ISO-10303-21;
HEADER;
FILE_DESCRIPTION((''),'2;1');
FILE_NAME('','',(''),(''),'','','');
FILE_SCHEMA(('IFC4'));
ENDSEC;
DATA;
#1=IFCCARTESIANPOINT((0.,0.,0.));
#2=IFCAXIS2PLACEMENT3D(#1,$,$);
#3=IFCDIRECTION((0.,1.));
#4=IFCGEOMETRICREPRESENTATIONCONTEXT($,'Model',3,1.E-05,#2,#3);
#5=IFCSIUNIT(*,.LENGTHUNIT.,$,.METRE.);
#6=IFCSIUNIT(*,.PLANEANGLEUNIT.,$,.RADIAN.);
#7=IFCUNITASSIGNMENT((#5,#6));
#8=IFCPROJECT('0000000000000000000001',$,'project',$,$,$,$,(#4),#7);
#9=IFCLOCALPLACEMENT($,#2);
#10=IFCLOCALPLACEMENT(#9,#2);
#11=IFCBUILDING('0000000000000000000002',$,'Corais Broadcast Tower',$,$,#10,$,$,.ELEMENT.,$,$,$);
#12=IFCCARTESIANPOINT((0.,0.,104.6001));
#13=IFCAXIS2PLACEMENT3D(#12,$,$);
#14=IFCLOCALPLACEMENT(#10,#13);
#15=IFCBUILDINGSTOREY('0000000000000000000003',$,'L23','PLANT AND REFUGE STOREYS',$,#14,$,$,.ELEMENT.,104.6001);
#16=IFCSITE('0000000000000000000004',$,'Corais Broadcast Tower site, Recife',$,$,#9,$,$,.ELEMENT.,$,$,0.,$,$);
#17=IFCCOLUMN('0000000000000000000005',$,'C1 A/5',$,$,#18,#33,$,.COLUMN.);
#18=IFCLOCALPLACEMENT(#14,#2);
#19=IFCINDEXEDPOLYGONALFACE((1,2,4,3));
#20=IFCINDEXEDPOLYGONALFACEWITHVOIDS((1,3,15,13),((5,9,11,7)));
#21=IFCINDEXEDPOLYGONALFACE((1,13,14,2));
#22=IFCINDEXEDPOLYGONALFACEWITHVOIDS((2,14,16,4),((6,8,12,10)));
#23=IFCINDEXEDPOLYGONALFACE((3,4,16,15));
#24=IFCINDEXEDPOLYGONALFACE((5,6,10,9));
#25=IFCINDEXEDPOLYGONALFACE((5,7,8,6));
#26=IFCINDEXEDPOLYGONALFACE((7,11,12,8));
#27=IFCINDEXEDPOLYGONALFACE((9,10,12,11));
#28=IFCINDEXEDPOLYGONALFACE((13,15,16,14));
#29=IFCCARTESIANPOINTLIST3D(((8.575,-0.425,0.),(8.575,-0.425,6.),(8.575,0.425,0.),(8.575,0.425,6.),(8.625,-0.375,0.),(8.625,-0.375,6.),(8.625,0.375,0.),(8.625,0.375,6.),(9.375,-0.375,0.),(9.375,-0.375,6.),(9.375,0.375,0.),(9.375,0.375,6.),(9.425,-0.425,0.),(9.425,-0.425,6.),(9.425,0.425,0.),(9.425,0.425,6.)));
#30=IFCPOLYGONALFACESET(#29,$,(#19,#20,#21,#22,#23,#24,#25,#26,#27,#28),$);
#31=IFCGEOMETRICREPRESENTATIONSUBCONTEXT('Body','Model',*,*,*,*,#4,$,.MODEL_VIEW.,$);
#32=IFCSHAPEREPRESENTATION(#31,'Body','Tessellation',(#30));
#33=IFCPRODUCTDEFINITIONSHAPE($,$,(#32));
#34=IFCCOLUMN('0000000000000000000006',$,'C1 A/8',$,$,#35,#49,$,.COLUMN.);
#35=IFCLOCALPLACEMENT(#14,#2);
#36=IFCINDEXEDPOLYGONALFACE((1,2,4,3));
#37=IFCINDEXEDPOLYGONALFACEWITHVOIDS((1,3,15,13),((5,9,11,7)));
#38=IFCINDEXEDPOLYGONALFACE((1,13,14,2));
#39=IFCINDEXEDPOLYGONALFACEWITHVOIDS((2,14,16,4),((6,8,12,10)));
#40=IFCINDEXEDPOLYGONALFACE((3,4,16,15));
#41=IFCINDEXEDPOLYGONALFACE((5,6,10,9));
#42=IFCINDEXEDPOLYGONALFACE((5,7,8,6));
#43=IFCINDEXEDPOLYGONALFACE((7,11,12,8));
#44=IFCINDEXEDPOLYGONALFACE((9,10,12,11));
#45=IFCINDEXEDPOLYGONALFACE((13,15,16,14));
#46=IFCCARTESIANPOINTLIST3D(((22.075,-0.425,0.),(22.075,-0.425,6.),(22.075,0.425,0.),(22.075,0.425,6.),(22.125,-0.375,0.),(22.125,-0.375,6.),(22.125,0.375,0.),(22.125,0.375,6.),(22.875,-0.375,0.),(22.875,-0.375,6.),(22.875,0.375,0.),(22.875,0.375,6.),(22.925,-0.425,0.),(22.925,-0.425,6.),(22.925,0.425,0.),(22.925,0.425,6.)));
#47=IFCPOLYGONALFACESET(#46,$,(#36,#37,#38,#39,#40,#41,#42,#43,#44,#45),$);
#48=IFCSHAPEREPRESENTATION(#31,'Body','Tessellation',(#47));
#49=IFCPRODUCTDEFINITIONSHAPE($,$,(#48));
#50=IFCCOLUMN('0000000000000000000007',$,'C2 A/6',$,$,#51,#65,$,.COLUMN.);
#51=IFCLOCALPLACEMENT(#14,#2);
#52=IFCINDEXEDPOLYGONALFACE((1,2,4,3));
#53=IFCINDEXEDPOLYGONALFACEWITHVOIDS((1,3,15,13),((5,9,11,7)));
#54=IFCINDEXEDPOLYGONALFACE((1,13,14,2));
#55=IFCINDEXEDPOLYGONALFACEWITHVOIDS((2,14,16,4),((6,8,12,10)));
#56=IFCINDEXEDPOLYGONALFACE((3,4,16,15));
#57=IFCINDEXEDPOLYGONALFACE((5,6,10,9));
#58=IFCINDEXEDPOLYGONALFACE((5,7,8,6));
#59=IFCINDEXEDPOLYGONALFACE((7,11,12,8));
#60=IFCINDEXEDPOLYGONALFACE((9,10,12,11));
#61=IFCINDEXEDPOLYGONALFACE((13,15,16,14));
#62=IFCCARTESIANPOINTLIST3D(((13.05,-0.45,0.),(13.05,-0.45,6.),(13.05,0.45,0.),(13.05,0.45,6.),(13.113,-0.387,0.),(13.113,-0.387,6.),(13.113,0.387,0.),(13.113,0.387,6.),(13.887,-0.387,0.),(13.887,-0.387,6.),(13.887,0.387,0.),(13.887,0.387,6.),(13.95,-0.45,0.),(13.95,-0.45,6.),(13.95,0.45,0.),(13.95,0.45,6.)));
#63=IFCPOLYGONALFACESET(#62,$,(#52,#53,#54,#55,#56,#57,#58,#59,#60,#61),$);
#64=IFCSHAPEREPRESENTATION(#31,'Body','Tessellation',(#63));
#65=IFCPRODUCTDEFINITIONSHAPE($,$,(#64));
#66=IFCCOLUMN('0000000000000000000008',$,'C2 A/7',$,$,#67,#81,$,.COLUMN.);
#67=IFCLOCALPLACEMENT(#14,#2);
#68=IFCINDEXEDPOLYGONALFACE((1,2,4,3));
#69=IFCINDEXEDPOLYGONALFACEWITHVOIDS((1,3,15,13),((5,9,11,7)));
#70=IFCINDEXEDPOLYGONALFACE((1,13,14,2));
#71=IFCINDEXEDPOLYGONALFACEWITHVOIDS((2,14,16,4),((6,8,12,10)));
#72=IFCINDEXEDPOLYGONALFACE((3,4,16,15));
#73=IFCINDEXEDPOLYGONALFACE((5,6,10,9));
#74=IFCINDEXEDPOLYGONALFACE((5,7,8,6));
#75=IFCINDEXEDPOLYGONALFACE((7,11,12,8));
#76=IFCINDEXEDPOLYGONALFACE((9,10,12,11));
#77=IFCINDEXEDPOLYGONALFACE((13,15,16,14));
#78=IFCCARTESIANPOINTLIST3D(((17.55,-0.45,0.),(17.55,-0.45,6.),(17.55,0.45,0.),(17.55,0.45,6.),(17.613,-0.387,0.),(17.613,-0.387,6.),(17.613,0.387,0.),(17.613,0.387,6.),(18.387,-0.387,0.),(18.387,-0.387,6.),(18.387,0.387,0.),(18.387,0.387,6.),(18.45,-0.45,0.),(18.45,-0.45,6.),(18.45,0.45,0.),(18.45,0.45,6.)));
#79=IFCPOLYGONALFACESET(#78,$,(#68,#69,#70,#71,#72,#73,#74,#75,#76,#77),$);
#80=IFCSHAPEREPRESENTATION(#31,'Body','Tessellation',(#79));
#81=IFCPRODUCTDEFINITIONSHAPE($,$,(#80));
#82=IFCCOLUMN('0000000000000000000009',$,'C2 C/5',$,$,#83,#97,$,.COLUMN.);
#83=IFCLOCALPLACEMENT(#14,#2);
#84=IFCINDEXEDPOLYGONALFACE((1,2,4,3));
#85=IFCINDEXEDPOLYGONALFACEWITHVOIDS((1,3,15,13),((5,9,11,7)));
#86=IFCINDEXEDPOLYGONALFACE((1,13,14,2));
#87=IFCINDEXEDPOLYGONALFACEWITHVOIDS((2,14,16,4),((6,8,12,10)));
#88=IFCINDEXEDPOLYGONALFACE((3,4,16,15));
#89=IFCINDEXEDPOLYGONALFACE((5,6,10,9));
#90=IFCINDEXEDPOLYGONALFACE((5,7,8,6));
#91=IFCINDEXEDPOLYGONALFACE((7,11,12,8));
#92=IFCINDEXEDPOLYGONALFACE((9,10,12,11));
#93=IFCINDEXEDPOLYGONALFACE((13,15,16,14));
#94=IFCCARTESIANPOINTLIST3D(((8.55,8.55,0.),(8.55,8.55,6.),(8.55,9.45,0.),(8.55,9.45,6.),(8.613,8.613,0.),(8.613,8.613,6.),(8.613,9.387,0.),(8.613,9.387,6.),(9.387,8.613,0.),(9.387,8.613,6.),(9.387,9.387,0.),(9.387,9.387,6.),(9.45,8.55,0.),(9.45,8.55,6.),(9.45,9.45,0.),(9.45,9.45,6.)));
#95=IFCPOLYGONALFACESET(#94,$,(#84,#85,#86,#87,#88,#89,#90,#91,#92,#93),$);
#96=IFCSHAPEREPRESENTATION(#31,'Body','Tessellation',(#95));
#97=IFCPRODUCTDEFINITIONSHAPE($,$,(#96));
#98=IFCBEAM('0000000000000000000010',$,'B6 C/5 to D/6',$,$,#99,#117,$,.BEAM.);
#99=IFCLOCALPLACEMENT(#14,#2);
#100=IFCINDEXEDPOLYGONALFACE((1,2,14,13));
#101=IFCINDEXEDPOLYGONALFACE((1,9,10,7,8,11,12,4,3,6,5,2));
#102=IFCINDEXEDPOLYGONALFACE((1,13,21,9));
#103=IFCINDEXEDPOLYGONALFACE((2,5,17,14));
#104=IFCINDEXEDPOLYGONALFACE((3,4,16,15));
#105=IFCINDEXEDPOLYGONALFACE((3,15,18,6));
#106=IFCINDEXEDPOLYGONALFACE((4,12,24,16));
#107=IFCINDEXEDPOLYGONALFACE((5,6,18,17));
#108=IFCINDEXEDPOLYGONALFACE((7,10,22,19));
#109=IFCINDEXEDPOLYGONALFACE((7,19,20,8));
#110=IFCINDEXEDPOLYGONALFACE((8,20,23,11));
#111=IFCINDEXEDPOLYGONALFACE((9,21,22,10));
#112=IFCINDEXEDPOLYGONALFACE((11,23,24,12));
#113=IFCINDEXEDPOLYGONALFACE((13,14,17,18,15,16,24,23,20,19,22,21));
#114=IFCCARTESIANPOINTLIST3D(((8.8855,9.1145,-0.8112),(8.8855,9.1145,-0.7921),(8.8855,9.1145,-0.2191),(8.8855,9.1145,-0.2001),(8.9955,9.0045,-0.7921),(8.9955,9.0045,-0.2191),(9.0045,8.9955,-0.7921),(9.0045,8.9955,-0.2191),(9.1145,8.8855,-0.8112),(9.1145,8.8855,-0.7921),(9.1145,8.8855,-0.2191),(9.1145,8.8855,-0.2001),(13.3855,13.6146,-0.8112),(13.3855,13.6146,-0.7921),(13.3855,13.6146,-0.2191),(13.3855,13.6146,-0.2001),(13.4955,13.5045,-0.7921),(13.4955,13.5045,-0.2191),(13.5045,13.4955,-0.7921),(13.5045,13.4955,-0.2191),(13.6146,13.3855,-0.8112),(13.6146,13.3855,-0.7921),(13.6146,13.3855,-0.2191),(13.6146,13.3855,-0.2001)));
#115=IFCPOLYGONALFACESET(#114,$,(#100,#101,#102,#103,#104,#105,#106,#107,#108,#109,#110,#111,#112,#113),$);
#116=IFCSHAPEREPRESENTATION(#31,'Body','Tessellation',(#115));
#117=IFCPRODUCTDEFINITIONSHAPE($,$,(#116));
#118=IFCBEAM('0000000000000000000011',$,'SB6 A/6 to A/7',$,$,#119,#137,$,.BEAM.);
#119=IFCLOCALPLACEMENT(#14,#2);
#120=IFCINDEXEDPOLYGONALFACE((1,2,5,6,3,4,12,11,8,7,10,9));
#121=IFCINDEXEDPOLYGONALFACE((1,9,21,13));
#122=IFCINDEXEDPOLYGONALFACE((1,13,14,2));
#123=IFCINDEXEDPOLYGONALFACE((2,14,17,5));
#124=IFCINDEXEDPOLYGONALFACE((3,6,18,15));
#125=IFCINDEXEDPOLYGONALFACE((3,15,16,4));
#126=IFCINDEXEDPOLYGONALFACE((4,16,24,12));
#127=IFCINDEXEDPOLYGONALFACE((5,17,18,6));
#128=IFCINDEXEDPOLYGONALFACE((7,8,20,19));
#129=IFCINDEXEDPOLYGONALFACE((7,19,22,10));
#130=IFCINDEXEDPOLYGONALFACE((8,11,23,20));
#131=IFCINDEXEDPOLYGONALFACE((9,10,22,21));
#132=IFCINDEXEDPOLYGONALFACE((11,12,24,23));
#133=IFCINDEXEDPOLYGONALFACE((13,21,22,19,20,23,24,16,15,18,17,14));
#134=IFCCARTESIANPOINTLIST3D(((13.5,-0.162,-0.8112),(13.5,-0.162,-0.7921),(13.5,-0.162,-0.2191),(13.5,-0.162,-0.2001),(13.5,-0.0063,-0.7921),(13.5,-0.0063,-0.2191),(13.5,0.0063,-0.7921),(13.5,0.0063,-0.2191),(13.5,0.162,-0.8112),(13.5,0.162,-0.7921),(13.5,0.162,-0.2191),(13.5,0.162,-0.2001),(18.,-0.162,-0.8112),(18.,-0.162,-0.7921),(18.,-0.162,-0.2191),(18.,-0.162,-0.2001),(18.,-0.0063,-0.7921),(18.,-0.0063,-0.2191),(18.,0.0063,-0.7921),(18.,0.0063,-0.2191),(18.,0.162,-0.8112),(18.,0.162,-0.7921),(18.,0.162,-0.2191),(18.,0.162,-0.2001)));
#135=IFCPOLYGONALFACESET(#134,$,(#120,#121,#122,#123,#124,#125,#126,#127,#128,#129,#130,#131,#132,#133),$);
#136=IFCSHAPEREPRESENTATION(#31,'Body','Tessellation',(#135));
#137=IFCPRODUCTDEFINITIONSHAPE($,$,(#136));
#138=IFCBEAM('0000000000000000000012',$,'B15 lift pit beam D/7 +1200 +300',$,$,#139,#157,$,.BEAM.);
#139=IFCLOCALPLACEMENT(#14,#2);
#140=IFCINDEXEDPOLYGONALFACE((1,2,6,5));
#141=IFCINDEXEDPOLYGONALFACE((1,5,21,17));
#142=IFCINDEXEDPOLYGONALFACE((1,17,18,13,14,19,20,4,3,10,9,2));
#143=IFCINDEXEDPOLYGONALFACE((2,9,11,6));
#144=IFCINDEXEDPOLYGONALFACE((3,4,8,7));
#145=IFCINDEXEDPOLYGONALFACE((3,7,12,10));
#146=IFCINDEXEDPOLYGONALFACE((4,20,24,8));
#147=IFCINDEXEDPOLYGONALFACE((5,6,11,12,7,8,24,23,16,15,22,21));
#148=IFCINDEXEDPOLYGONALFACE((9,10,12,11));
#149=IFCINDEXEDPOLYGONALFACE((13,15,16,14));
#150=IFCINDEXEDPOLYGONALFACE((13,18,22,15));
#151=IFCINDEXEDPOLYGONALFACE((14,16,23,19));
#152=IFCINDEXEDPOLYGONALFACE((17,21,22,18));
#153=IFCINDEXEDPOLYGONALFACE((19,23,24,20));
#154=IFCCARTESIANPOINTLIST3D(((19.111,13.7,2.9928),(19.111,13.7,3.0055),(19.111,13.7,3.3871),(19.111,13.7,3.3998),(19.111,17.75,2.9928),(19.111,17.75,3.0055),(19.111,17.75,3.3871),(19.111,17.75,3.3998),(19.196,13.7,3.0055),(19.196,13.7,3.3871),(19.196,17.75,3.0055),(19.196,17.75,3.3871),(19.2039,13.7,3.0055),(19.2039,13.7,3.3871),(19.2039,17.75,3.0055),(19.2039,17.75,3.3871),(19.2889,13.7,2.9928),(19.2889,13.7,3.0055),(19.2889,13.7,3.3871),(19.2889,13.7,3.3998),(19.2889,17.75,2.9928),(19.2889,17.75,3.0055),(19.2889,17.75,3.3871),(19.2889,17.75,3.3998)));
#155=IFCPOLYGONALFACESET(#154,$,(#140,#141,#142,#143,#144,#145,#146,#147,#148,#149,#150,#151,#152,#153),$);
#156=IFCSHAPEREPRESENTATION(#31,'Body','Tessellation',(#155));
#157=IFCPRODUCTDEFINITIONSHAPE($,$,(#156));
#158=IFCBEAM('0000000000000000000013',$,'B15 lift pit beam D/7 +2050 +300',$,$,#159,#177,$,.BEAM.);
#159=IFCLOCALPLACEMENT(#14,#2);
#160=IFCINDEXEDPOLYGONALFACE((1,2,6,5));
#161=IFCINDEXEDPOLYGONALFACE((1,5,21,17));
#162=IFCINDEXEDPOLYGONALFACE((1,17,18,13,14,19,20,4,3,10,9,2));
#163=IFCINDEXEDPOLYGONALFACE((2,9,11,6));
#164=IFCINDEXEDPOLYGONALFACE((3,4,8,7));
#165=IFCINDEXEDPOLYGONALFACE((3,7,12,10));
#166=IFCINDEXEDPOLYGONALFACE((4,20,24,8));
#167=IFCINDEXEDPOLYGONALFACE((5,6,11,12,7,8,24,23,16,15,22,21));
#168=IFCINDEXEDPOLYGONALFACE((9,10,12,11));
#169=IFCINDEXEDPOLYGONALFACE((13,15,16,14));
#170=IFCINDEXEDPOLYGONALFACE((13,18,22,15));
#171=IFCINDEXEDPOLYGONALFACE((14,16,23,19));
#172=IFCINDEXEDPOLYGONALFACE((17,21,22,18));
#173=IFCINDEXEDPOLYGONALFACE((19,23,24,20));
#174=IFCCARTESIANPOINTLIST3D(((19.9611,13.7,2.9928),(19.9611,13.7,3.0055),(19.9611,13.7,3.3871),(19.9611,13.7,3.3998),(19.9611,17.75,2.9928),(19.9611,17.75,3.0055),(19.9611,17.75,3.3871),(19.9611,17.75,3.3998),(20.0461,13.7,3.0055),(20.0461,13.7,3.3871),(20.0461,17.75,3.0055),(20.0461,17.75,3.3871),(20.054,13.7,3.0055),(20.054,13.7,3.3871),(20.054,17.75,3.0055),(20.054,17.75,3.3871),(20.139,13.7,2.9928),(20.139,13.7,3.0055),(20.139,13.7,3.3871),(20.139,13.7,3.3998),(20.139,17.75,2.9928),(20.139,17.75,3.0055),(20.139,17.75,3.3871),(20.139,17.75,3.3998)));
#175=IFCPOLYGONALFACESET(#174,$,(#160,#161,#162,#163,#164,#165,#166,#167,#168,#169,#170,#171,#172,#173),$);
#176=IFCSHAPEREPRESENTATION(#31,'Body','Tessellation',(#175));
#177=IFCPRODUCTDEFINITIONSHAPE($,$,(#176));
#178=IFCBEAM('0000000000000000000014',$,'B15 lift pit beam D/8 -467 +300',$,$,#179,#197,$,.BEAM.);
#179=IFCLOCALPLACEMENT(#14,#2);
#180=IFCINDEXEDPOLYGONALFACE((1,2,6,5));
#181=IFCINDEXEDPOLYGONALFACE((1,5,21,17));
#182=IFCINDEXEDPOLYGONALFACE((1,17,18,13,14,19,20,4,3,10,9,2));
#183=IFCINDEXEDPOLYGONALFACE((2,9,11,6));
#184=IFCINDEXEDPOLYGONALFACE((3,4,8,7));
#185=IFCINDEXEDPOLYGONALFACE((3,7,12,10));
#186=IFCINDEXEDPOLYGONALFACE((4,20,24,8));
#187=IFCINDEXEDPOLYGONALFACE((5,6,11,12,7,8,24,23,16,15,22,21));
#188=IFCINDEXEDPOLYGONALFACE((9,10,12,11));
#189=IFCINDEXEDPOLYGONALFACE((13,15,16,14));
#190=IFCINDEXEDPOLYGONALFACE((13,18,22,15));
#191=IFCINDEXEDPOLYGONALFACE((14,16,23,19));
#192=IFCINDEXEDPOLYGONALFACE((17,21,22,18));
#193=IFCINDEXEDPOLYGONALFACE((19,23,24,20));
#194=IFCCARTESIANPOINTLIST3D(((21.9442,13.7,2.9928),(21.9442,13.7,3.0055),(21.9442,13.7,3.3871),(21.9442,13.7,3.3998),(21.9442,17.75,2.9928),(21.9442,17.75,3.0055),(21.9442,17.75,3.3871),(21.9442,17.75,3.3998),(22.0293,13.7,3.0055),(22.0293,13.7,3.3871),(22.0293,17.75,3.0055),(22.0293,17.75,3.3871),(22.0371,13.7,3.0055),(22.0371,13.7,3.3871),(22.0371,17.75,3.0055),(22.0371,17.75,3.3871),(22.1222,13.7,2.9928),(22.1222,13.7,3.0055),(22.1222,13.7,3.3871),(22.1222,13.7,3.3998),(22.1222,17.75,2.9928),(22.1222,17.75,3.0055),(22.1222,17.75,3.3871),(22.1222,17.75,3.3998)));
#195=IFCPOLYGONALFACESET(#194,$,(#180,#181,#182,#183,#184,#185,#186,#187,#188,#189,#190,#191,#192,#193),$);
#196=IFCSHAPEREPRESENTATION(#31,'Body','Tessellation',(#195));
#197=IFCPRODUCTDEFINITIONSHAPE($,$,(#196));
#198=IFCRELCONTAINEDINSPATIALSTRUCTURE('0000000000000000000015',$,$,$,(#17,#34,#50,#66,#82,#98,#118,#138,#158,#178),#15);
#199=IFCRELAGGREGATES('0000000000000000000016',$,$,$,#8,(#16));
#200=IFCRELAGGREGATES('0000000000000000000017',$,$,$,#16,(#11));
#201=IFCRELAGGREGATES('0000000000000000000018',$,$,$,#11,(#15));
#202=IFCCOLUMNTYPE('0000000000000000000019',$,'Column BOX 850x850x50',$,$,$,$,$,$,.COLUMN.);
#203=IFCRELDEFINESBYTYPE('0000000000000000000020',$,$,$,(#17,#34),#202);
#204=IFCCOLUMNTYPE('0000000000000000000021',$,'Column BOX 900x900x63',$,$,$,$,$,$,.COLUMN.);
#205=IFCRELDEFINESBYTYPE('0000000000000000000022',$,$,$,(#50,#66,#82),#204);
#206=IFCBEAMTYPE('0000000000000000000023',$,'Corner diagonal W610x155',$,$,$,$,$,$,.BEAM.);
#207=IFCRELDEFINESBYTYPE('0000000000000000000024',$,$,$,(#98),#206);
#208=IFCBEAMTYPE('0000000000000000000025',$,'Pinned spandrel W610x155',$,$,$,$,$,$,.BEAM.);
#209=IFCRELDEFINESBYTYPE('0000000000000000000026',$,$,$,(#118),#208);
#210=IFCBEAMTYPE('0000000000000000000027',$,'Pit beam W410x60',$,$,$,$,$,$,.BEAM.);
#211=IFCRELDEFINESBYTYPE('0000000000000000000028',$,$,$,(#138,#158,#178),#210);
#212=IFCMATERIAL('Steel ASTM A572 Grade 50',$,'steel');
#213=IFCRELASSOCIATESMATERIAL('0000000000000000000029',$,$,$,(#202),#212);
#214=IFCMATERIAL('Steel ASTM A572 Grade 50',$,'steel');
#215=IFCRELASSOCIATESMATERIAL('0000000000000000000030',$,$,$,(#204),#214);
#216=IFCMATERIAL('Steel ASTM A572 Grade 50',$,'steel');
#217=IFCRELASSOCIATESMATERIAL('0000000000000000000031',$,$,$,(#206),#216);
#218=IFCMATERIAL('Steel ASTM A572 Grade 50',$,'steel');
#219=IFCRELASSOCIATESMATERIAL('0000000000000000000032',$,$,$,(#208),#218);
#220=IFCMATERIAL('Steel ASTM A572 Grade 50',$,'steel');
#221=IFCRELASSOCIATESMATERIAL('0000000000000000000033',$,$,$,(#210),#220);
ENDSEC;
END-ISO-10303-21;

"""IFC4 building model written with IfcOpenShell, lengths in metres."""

from ifc_helpers import new_model, si_unit, direction, frame, origin, origin_2d, place, context, subcontext, project, spatial, hollow_rectangle, i_section, extrude, material, material_profile, profile_set, type_object, element, save


model = new_model("IFC4")

# Units and contexts
model_context = context("Model", 3, precision=1e-05, world=origin(), true_north=direction((0.0, 1.0)))
body_context = subcontext(model_context, "Body", "Model", "MODEL_VIEW")
ifc_project = project(units=[si_unit("LENGTHUNIT", "METRE"), si_unit("PLANEANGLEUNIT", "RADIAN")], contexts=[model_context])

# Site, building, storey
site_placement = place(None, origin())
site = spatial("IfcSite", under=ifc_project, at=site_placement, Name="Corais Broadcast Tower site, Recife", CompositionType="ELEMENT", RefElevation=0.0)
building_placement = place(site_placement, origin())
building = spatial("IfcBuilding", under=site, at=building_placement, Name="Corais Broadcast Tower", CompositionType="ELEMENT")
storey_placement = place(building_placement, frame((0.0, 0.0, 104.6001)))
storey = spatial("IfcBuildingStorey", under=building, at=storey_placement, Name="L23", Description="PLANT AND REFUGE STOREYS", CompositionType="ELEMENT", Elevation=104.6001)

# Columns
ifc_material_1 = material(Name="Steel ASTM A572 Grade 50", Category="steel")
ifc_material_profile_1 = material_profile(ifc_material_1, hollow_rectangle(XDim=0.8501, YDim=0.8501, WallThickness=0.05, at=origin_2d()), Name="BOX 850x850x50")
ifc_profile_set_1 = profile_set([ifc_material_profile_1], Name="Steel ASTM A572 Grade 50")
column_type_1 = type_object("IfcColumnType", Name="Column BOX 850x850x50", PredefinedType="COLUMN", material=ifc_profile_set_1)
for number, where, z_axis, x_axis, name in (
    (1, (9.0, 0.0, 0.0), (0.0, 0.0, 1.0), (1.0, 0.0, 0.0), "C1 A/5"),
    (2, (22.5, 0.0, 0.0), (0.0, 0.0, 1.0), (1.0, 0.0, 0.0), "C1 A/8"),
):
    element("IfcColumn", number, at=place(storey_placement, frame(where, z_axis=z_axis, x_axis=x_axis)), inside=storey, type_object=column_type_1, Name=name, PredefinedType="COLUMN", context=body_context, shape_type="SweptSolid", body=[
        extrude(hollow_rectangle(XDim=0.8501, YDim=0.8501, WallThickness=0.05, at=origin_2d()), origin(), (0.0, 0.0, 1.0), 6.0),
    ])
ifc_material_2 = material(Name="Steel ASTM A572 Grade 50", Category="steel")
ifc_material_profile_2 = material_profile(ifc_material_2, hollow_rectangle(XDim=0.8999, YDim=0.8999, WallThickness=0.063, at=origin_2d()), Name="BOX 900x900x63")
ifc_profile_set_2 = profile_set([ifc_material_profile_2], Name="Steel ASTM A572 Grade 50")
column_type_2 = type_object("IfcColumnType", Name="Column BOX 900x900x63", PredefinedType="COLUMN", material=ifc_profile_set_2)
for number, where, z_axis, x_axis, name in (
    (3, (13.5, 0.0, 0.0), (0.0, 0.0, 1.0), (1.0, 0.0, 0.0), "C2 A/6"),
    (4, (18.0, 0.0, 0.0), (0.0, 0.0, 1.0), (1.0, 0.0, 0.0), "C2 A/7"),
    (5, (9.0, 9.0, 0.0), (0.0, 0.0, 1.0), (1.0, 0.0, 0.0), "C2 C/5"),
):
    element("IfcColumn", number, at=place(storey_placement, frame(where, z_axis=z_axis, x_axis=x_axis)), inside=storey, type_object=column_type_2, Name=name, PredefinedType="COLUMN", context=body_context, shape_type="SweptSolid", body=[
        extrude(hollow_rectangle(XDim=0.8999, YDim=0.8999, WallThickness=0.063, at=origin_2d()), origin(), (0.0, 0.0, 1.0), 6.0),
    ])

# Beams
ifc_material_3 = material(Name="Steel ASTM A572 Grade 50", Category="steel")
ifc_material_profile_3 = material_profile(ifc_material_3, i_section(OverallWidth=0.324, OverallDepth=0.6111, WebThickness=0.0127, FlangeThickness=0.019, at=origin_2d()), Name="W610x155")
ifc_profile_set_3 = profile_set([ifc_material_profile_3], Name="Steel ASTM A572 Grade 50")
beam_type_1 = type_object("IfcBeamType", Name="Corner diagonal W610x155", PredefinedType="BEAM", material=ifc_profile_set_3)
beam_1_placement = place(storey_placement, frame((9.0, 9.0, -0.5056), z_axis=(0.707107, 0.707107, 0.0), x_axis=(-0.707107, 0.707107, 0.0)))
element("IfcBeam", 6, at=beam_1_placement, inside=storey, type_object=beam_type_1, Name="B6 C/5 to D/6", PredefinedType="BEAM", context=body_context, shape_type="SweptSolid", body=[
    extrude(i_section(OverallWidth=0.324, OverallDepth=0.6111, WebThickness=0.0127, FlangeThickness=0.019, at=origin_2d()), origin(), (0.0, 0.0, 1.0), 6.364),
])
ifc_material_4 = material(Name="Steel ASTM A572 Grade 50", Category="steel")
ifc_material_profile_4 = material_profile(ifc_material_4, i_section(OverallWidth=0.324, OverallDepth=0.6111, WebThickness=0.0127, FlangeThickness=0.019, at=origin_2d()), Name="W610x155")
ifc_profile_set_4 = profile_set([ifc_material_profile_4], Name="Steel ASTM A572 Grade 50")
beam_type_2 = type_object("IfcBeamType", Name="Pinned spandrel W610x155", PredefinedType="BEAM", material=ifc_profile_set_4)
beam_2_placement = place(storey_placement, frame((13.5, 0.0, -0.5056), z_axis=(1.0, 0.0, 0.0), x_axis=(0.0, 1.0, 0.0)))
element("IfcBeam", 7, at=beam_2_placement, inside=storey, type_object=beam_type_2, Name="SB6 A/6 to A/7", PredefinedType="BEAM", context=body_context, shape_type="SweptSolid", body=[
    extrude(i_section(OverallWidth=0.324, OverallDepth=0.6111, WebThickness=0.0127, FlangeThickness=0.019, at=origin_2d()), origin(), (0.0, 0.0, 1.0), 4.5),
])
ifc_material_5 = material(Name="Steel ASTM A572 Grade 50", Category="steel")
ifc_material_profile_5 = material_profile(ifc_material_5, i_section(OverallWidth=0.178, OverallDepth=0.407, WebThickness=0.0078, FlangeThickness=0.0127, at=origin_2d()), Name="W410x60")
ifc_profile_set_5 = profile_set([ifc_material_profile_5], Name="Steel ASTM A572 Grade 50")
beam_type_3 = type_object("IfcBeamType", Name="Pit beam W410x60", PredefinedType="BEAM", material=ifc_profile_set_5)
for number, where, z_axis, x_axis, name in (
    (8, (19.2, 13.7, 3.1963), (0.0, 1.0, 0.0), (-1.0, 0.0, 0.0), "B15 lift pit beam D/7 +1200 +300"),
    (9, (20.05, 13.7, 3.1963), (0.0, 1.0, 0.0), (-1.0, 0.0, 0.0), "B15 lift pit beam D/7 +2050 +300"),
    (10, (22.0332, 13.7, 3.1963), (0.0, 1.0, 0.0), (-1.0, 0.0, 0.0), "B15 lift pit beam D/8 -467 +300"),
):
    element("IfcBeam", number, at=place(storey_placement, frame(where, z_axis=z_axis, x_axis=x_axis)), inside=storey, type_object=beam_type_3, Name=name, PredefinedType="BEAM", context=body_context, shape_type="SweptSolid", body=[
        extrude(i_section(OverallWidth=0.178, OverallDepth=0.407, WebThickness=0.0078, FlangeThickness=0.0127, at=origin_2d()), origin(), (0.0, 0.0, 1.0), 4.05),
    ])

save(model, "model.ifc")
